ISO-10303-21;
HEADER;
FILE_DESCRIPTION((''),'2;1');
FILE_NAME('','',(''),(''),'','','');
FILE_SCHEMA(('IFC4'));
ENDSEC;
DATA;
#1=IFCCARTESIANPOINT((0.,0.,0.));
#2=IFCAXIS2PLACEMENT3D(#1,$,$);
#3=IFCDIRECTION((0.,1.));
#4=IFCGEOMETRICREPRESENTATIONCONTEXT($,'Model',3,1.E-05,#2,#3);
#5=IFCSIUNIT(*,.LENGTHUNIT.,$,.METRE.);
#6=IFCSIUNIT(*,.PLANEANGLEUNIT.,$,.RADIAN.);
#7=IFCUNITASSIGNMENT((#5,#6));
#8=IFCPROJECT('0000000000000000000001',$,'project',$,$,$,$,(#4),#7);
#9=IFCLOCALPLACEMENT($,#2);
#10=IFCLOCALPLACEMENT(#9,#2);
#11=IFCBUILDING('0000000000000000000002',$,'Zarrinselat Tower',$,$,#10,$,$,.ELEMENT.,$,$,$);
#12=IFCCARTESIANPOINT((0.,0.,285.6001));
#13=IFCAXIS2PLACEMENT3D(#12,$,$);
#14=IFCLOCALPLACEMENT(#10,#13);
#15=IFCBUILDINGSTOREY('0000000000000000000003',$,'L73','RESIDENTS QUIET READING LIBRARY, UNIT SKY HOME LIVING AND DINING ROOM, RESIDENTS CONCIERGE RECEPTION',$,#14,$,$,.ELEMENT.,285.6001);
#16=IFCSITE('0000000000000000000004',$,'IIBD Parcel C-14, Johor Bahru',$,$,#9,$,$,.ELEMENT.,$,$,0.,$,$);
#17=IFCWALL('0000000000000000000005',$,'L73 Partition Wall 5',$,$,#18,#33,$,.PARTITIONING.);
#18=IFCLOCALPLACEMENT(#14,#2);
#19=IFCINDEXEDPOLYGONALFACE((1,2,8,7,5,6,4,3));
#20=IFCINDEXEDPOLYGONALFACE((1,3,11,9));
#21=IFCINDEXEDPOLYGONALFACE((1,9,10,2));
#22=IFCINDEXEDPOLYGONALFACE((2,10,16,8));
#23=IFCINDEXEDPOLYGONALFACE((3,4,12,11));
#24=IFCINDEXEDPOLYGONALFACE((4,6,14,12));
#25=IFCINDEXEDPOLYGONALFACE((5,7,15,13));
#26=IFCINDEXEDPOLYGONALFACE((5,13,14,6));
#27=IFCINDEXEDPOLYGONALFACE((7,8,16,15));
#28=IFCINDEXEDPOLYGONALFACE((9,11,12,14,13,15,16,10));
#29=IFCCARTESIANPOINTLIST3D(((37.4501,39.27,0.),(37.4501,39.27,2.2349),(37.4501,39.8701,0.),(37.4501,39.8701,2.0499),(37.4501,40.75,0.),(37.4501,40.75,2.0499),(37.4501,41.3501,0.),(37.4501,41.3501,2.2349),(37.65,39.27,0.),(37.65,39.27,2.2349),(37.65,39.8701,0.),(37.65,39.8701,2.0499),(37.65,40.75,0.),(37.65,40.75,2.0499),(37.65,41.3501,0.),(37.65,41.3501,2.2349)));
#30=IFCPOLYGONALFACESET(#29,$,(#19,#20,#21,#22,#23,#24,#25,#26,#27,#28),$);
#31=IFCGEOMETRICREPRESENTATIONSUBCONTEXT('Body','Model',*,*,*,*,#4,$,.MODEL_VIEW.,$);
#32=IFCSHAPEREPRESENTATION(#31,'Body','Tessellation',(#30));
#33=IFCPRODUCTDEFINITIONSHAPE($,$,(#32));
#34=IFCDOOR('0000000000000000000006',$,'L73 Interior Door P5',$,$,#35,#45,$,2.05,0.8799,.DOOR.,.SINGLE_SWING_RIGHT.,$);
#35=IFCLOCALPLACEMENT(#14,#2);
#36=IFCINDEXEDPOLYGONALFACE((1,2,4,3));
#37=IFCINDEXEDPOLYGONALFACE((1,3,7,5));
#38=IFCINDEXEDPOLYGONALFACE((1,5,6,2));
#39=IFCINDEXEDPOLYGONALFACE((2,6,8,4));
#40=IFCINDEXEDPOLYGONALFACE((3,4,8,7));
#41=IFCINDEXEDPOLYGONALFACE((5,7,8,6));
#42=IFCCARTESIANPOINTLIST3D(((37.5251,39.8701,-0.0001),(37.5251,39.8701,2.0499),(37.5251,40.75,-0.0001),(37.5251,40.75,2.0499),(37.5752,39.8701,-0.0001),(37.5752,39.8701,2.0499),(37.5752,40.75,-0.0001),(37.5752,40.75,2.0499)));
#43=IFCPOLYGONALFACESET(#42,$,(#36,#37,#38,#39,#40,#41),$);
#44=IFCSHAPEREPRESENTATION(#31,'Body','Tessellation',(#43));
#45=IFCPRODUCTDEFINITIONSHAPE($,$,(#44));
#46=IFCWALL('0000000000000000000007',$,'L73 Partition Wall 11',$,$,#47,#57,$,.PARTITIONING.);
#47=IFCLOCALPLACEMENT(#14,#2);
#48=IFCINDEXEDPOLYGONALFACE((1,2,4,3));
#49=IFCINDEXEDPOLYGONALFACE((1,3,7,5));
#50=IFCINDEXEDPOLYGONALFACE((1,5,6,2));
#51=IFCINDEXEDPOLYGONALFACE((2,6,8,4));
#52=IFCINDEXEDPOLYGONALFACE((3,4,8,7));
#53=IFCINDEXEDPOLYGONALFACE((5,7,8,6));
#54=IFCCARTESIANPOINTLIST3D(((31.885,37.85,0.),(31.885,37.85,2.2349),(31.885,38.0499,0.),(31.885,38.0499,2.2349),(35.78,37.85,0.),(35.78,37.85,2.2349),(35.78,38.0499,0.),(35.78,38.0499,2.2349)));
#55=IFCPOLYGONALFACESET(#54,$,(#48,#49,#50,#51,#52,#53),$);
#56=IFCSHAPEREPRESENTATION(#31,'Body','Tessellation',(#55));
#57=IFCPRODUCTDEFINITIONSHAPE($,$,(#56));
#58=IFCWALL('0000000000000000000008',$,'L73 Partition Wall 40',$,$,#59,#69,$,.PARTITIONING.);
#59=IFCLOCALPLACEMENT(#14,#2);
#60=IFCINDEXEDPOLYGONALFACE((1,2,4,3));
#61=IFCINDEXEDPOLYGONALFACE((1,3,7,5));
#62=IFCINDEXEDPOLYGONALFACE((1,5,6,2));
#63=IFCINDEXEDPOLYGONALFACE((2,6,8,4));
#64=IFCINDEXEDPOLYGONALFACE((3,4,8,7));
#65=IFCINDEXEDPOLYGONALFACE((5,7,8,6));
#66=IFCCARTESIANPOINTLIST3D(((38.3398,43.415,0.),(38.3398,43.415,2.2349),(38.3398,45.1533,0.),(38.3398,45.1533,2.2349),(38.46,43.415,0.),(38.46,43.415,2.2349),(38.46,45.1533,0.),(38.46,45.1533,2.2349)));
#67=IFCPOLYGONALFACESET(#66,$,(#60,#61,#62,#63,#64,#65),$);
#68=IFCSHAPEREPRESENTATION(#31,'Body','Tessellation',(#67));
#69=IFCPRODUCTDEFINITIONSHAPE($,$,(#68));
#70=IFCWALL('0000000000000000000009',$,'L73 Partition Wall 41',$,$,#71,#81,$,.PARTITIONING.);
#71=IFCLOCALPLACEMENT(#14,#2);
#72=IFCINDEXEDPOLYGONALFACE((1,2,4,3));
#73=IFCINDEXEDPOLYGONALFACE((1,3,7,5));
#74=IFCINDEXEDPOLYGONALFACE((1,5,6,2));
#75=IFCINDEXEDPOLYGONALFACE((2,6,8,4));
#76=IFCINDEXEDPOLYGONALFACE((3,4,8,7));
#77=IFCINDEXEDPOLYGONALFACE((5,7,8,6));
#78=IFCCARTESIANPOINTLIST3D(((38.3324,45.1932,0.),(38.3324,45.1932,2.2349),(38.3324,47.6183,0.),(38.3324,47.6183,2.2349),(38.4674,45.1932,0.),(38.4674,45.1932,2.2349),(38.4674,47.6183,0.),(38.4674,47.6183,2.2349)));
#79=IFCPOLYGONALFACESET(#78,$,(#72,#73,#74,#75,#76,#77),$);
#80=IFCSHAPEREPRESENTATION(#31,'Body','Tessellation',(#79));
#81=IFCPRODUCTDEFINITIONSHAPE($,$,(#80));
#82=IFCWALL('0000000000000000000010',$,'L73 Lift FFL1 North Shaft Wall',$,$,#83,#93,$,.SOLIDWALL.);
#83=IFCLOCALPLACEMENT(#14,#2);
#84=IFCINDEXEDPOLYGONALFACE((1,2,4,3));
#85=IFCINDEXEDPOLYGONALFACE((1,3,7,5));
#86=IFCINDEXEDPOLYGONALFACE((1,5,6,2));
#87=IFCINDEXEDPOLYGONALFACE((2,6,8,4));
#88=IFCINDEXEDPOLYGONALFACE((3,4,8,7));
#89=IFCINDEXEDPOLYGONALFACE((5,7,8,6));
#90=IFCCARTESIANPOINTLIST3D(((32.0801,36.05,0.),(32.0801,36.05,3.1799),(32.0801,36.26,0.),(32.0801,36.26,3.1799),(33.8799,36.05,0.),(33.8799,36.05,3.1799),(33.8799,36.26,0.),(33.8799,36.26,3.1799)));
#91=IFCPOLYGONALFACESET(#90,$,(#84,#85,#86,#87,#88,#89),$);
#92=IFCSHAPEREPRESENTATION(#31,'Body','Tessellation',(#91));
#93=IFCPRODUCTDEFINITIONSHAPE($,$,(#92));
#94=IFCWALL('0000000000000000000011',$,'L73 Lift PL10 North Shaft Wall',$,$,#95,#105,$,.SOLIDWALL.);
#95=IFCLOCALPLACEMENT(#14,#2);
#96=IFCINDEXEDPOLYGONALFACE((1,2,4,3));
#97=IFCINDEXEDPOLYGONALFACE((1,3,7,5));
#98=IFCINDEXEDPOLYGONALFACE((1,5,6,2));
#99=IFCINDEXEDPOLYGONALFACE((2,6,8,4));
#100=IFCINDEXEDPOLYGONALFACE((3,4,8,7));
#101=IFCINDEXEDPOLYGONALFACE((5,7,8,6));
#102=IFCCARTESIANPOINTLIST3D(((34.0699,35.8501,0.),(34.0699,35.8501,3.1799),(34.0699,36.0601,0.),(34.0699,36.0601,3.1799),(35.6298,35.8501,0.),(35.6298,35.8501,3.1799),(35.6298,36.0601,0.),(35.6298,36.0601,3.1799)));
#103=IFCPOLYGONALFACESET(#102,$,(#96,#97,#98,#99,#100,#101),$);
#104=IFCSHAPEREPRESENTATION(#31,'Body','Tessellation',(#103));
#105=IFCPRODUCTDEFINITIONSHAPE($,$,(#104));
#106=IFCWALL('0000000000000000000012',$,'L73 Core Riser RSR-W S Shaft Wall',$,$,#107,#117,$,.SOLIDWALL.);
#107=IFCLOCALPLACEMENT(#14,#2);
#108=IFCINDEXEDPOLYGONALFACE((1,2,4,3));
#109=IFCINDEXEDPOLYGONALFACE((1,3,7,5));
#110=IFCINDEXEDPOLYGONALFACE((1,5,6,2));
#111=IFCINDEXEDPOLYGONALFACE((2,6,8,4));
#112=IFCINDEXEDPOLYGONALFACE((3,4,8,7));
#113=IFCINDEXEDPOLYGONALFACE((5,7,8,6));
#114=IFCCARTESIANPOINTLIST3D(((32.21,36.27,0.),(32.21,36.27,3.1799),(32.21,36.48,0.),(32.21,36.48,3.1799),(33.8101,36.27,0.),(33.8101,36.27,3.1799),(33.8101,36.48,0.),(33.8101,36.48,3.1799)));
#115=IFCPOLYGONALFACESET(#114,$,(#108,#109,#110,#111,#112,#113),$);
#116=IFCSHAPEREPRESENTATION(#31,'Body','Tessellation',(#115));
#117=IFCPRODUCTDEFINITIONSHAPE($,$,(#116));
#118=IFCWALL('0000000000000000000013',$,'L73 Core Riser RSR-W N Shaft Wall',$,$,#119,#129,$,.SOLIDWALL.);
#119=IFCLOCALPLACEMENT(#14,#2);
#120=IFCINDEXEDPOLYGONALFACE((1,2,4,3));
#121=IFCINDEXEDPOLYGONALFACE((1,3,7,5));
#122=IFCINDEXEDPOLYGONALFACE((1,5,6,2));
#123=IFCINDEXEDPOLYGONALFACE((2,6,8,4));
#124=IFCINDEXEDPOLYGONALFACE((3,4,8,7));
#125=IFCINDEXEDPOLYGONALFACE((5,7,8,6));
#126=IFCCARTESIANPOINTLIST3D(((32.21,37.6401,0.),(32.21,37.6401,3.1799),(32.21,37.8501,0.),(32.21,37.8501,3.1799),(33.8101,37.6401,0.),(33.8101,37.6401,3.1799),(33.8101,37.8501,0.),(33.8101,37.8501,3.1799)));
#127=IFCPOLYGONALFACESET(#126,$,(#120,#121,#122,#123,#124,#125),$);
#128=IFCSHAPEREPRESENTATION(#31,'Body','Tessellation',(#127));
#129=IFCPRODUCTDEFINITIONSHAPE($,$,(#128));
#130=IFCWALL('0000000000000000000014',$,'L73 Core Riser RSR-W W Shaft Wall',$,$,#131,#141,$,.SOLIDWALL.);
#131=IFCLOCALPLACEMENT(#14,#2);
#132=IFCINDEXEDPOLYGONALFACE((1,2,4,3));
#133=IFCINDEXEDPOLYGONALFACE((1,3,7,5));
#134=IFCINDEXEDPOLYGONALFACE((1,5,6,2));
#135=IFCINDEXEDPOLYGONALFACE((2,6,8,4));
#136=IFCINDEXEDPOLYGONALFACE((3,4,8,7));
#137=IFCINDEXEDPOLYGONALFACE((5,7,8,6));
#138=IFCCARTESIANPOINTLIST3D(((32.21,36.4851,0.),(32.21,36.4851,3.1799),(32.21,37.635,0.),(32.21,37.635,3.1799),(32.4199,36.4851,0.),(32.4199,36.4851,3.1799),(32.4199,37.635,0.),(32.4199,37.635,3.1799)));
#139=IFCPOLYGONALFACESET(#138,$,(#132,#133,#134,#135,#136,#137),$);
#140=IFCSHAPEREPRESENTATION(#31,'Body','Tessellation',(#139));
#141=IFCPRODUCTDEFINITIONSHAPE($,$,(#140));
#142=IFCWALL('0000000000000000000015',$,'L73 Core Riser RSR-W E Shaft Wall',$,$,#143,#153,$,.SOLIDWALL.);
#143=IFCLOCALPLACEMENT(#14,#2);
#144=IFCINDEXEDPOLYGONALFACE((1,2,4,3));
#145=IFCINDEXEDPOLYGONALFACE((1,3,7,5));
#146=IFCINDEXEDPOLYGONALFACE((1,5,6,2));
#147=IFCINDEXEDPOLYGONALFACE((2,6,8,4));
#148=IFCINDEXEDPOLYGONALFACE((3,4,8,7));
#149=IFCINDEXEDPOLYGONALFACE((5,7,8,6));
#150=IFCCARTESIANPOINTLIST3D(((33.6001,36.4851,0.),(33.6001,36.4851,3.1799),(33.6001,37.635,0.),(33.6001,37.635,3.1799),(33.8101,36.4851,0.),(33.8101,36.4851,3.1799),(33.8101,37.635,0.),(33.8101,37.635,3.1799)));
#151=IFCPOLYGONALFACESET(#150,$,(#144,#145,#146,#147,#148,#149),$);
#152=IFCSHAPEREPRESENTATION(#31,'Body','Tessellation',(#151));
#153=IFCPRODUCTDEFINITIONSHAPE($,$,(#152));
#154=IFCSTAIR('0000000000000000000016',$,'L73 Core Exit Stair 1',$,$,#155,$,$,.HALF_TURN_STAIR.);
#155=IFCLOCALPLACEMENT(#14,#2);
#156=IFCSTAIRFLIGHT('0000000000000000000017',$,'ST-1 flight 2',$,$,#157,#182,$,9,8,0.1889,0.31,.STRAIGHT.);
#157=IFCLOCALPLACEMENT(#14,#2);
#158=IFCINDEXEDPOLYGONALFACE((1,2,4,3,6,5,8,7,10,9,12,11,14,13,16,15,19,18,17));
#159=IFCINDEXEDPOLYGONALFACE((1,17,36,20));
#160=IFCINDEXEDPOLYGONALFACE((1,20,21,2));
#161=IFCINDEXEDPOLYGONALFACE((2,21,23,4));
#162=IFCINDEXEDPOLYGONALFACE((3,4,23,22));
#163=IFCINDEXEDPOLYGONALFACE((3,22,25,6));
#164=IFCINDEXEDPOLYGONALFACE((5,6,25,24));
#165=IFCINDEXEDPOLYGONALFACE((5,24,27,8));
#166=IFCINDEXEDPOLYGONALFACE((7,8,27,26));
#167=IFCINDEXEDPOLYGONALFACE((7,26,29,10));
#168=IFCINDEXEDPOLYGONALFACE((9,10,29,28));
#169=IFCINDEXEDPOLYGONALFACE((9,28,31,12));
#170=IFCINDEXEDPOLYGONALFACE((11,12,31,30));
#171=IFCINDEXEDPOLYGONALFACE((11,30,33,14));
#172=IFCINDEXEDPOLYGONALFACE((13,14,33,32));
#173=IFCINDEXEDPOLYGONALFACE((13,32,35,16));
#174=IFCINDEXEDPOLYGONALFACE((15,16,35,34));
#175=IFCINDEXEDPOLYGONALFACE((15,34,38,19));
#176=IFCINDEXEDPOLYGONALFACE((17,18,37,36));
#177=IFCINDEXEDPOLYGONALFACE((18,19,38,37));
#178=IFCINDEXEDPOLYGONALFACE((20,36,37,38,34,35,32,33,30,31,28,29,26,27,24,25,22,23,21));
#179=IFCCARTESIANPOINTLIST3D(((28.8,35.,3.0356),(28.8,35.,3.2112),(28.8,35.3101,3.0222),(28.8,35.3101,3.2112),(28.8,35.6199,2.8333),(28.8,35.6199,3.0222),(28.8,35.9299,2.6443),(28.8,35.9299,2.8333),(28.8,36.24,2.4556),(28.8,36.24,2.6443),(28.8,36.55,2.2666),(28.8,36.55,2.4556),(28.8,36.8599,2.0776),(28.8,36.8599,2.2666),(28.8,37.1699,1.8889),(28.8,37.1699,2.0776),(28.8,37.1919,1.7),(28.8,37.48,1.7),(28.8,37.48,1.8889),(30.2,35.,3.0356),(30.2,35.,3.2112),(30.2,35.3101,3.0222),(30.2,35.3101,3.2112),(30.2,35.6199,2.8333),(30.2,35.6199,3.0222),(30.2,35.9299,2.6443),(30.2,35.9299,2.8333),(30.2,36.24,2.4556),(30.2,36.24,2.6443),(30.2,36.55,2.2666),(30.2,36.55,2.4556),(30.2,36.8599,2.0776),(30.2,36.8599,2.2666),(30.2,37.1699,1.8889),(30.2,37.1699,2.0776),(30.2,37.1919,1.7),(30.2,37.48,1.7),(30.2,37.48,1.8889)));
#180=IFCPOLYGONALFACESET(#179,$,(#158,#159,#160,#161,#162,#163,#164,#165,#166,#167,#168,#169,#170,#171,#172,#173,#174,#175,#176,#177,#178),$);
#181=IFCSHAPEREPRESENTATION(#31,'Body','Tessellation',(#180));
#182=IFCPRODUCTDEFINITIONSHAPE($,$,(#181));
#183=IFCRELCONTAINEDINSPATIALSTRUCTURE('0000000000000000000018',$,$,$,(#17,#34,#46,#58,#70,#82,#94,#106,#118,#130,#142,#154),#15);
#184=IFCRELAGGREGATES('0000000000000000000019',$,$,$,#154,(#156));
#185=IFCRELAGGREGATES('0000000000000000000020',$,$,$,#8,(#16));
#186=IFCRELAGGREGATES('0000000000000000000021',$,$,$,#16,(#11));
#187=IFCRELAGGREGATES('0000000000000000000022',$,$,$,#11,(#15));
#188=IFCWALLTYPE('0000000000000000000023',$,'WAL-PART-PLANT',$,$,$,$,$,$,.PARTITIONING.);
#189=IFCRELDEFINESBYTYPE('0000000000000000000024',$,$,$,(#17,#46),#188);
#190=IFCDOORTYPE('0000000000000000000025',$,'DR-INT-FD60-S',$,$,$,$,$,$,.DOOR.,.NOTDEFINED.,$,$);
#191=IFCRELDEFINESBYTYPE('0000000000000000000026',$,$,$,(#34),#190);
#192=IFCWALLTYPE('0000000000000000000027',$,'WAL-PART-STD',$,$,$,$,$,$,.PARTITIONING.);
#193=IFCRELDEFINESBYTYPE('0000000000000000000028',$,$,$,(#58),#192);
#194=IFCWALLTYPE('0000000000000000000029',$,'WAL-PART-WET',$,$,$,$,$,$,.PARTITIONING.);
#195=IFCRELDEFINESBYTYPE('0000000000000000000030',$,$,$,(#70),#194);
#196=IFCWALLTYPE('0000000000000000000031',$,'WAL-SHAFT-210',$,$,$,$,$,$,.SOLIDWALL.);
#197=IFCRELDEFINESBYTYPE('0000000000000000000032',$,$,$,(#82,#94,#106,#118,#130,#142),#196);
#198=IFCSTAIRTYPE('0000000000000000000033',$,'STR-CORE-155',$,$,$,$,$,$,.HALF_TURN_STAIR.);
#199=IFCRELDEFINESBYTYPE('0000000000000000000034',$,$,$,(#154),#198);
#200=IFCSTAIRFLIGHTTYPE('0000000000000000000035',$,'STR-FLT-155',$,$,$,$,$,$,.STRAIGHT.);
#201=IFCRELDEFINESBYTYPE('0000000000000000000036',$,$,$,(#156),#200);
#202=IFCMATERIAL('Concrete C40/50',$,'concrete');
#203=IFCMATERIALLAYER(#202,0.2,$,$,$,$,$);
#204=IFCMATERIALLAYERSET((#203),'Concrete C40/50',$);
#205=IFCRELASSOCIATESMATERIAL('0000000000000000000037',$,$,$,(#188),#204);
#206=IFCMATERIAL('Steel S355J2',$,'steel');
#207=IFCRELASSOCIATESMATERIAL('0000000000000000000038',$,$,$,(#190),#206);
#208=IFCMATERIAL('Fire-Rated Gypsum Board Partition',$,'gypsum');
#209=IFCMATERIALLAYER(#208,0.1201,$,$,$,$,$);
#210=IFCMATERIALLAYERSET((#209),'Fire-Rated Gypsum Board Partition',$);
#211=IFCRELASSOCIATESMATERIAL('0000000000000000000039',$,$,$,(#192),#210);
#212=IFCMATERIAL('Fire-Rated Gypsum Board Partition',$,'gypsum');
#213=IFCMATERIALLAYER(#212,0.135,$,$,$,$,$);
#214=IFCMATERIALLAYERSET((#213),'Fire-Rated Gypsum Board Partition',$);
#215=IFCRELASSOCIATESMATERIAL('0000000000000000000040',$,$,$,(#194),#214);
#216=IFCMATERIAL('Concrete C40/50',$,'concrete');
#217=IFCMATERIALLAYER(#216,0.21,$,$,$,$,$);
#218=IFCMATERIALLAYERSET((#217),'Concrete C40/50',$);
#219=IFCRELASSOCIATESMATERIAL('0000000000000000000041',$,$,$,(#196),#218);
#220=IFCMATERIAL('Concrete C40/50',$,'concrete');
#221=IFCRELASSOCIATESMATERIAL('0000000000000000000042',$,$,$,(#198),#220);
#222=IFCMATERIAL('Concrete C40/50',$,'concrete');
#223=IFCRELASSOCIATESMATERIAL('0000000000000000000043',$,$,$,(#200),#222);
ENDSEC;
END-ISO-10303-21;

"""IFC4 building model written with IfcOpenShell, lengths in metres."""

from ifc_helpers import new_model, si_unit, direction, frame, frame_2d, origin, place, context, subcontext, project, spatial, polyline, rectangle, outline, extrude, material, layer, layer_set, type_object, element, fill, aggregate, save


model = new_model("IFC4")

# Units and contexts
model_context = context("Model", 3, precision=1e-05, world=origin(), true_north=direction((0.0, 1.0)))
body_context = subcontext(model_context, "Body", "Model", "MODEL_VIEW")
ifc_project = project(units=[si_unit("LENGTHUNIT", "METRE"), si_unit("PLANEANGLEUNIT", "RADIAN")], contexts=[model_context])

# Site, building, storey
site_placement = place(None, origin())
site = spatial("IfcSite", under=ifc_project, at=site_placement, Name="IIBD Parcel C-14, Johor Bahru", CompositionType="ELEMENT", RefElevation=0.0)
building_placement = place(site_placement, origin())
building = spatial("IfcBuilding", under=site, at=building_placement, Name="Zarrinselat Tower", CompositionType="ELEMENT")
storey_placement = place(building_placement, frame((0.0, 0.0, 285.6001)))
storey = spatial("IfcBuildingStorey", under=building, at=storey_placement, Name="L73", Description="RESIDENTS QUIET READING LIBRARY, UNIT SKY HOME LIVING AND DINING ROOM, RESIDENTS CONCIERGE RECEPTION", CompositionType="ELEMENT", Elevation=285.6001)

# Shared definitions
ifc_material_1 = material(Name="Concrete C40/50", Category="concrete")
ifc_layer_1 = layer(ifc_material_1, 0.2)
ifc_layer_set_1 = layer_set([ifc_layer_1], Name="Concrete C40/50")
wall_type_1 = type_object("IfcWallType", Name="WAL-PART-PLANT", PredefinedType="PARTITIONING", material=ifc_layer_set_1)

# Wall, opening, door
wall_1_placement = place(storey_placement, frame((37.55, 39.27, 0.0), z_axis=(0.0, 0.0, 1.0), x_axis=(0.0, 1.0, 0.0)))
wall_1 = element("IfcWall", 1, at=wall_1_placement, inside=storey, type_object=wall_type_1, Name="L73 Partition Wall 5", PredefinedType="PARTITIONING", context=body_context, shape_type="SweptSolid", body=[
    extrude(rectangle(XDim=2.0801, YDim=0.2, at=frame_2d((1.04, 0.0))), origin(), (0.0, 0.0, 1.0), 2.2349),
])
opening_placement = place(wall_1_placement, frame((0.6001, 0.0, 0.0)))
opening = element("IfcOpeningElement", 2, at=opening_placement, cuts=wall_1, PredefinedType="OPENING", context=body_context, shape_type="SweptSolid", body=[
    extrude(rectangle(XDim=0.8799, YDim=2.05, at=frame_2d((0.4399, 1.0249))), frame((0.0, 0.1099, 0.0), z_axis=(0.0, -1.0, 0.0), x_axis=(1.0, 0.0, 0.0)), (0.0, 0.0, 1.0), 0.22),
])
ifc_material_2 = material(Name="Steel S355J2", Category="steel")
door_type = type_object("IfcDoorType", Name="DR-INT-FD60-S", OperationType="NOTDEFINED", PredefinedType="DOOR", material=ifc_material_2)
door_placement = place(opening_placement, origin())
door = element("IfcDoor", 3, at=door_placement, inside=storey, type_object=door_type, Name="L73 Interior Door P5", OperationType="SINGLE_SWING_RIGHT", OverallHeight=2.05, OverallWidth=0.8799, PredefinedType="DOOR", context=body_context, shape_type="SweptSolid", body=[
    extrude(rectangle(XDim=0.8799, YDim=2.05, at=frame_2d((0.4399, 1.0249))), frame((0.0, 0.0249, 0.0), z_axis=(0.0, -1.0, 0.0), x_axis=(1.0, 0.0, 0.0)), (0.0, 0.0, 1.0), 0.05),
])
fill(opening, door)

# Walls
wall_2_placement = place(storey_placement, frame((31.885, 37.95, 0.0), z_axis=(0.0, 0.0, 1.0), x_axis=(1.0, 0.0, 0.0)))
element("IfcWall", 4, at=wall_2_placement, inside=storey, type_object=wall_type_1, Name="L73 Partition Wall 11", PredefinedType="PARTITIONING", context=body_context, shape_type="SweptSolid", body=[
    extrude(rectangle(XDim=3.895, YDim=0.2, at=frame_2d((1.9475, 0.0))), origin(), (0.0, 0.0, 1.0), 2.2349),
])
ifc_material_3 = material(Name="Fire-Rated Gypsum Board Partition", Category="gypsum")
ifc_layer_2 = layer(ifc_material_3, 0.1201)
ifc_layer_set_2 = layer_set([ifc_layer_2], Name="Fire-Rated Gypsum Board Partition")
wall_type_2 = type_object("IfcWallType", Name="WAL-PART-STD", PredefinedType="PARTITIONING", material=ifc_layer_set_2)
wall_3_placement = place(storey_placement, frame((38.3999, 43.415, 0.0), z_axis=(0.0, 0.0, 1.0), x_axis=(0.0, 1.0, 0.0)))
element("IfcWall", 5, at=wall_3_placement, inside=storey, type_object=wall_type_2, Name="L73 Partition Wall 40", PredefinedType="PARTITIONING", context=body_context, shape_type="SweptSolid", body=[
    extrude(rectangle(XDim=1.7383, YDim=0.1201, at=frame_2d((0.8691, 0.0))), origin(), (0.0, 0.0, 1.0), 2.2349),
])
ifc_material_4 = material(Name="Fire-Rated Gypsum Board Partition", Category="gypsum")
ifc_layer_3 = layer(ifc_material_4, 0.135)
ifc_layer_set_3 = layer_set([ifc_layer_3], Name="Fire-Rated Gypsum Board Partition")
wall_type_3 = type_object("IfcWallType", Name="WAL-PART-WET", PredefinedType="PARTITIONING", material=ifc_layer_set_3)
wall_4_placement = place(storey_placement, frame((38.3999, 45.1934, 0.0), z_axis=(0.0, 0.0, 1.0), x_axis=(0.0, 1.0, 0.0)))
element("IfcWall", 6, at=wall_4_placement, inside=storey, type_object=wall_type_3, Name="L73 Partition Wall 41", PredefinedType="PARTITIONING", context=body_context, shape_type="SweptSolid", body=[
    extrude(rectangle(XDim=2.425, YDim=0.135, at=frame_2d((1.2124, 0.0))), origin(), (0.0, 0.0, 1.0), 2.2349),
])
ifc_material_5 = material(Name="Concrete C40/50", Category="concrete")
ifc_layer_4 = layer(ifc_material_5, 0.21)
ifc_layer_set_4 = layer_set([ifc_layer_4], Name="Concrete C40/50")
wall_type_4 = type_object("IfcWallType", Name="WAL-SHAFT-210", PredefinedType="SOLIDWALL", material=ifc_layer_set_4)
wall_5_placement = place(storey_placement, frame((32.0801, 36.155, 0.0), z_axis=(0.0, 0.0, 1.0), x_axis=(1.0, 0.0, 0.0)))
element("IfcWall", 7, at=wall_5_placement, inside=storey, type_object=wall_type_4, Name="L73 Lift FFL1 North Shaft Wall", PredefinedType="SOLIDWALL", context=body_context, shape_type="SweptSolid", body=[
    extrude(rectangle(XDim=1.7998, YDim=0.21, at=frame_2d((0.8999, 0.0))), origin(), (0.0, 0.0, 1.0), 3.1799),
])
wall_6_placement = place(storey_placement, frame((34.0701, 35.9551, 0.0), z_axis=(0.0, 0.0, 1.0), x_axis=(1.0, 0.0, 0.0)))
element("IfcWall", 8, at=wall_6_placement, inside=storey, type_object=wall_type_4, Name="L73 Lift PL10 North Shaft Wall", PredefinedType="SOLIDWALL", context=body_context, shape_type="SweptSolid", body=[
    extrude(rectangle(XDim=1.5598, YDim=0.21, at=frame_2d((0.7798, 0.0))), origin(), (0.0, 0.0, 1.0), 3.1799),
])
for number, where, z_axis, x_axis, name in (
    (9, (32.21, 36.375, 0.0), (0.0, 0.0, 1.0), (1.0, 0.0, 0.0), "L73 Core Riser RSR-W S Shaft Wall"),
    (10, (32.21, 37.7451, 0.0), (0.0, 0.0, 1.0), (1.0, 0.0, 0.0), "L73 Core Riser RSR-W N Shaft Wall"),
):
    element("IfcWall", number, at=place(storey_placement, frame(where, z_axis=z_axis, x_axis=x_axis)), inside=storey, type_object=wall_type_4, Name=name, PredefinedType="SOLIDWALL", context=body_context, shape_type="SweptSolid", body=[
        extrude(rectangle(XDim=1.6001, YDim=0.21, at=frame_2d((0.8, 0.0))), origin(), (0.0, 0.0, 1.0), 3.1799),
    ])
for number, where, z_axis, x_axis, name in (
    (11, (32.3149, 36.4851, 0.0), (0.0, 0.0, 1.0), (0.0, 1.0, 0.0), "L73 Core Riser RSR-W W Shaft Wall"),
    (12, (33.7051, 36.4851, 0.0), (0.0, 0.0, 1.0), (0.0, 1.0, 0.0), "L73 Core Riser RSR-W E Shaft Wall"),
):
    element("IfcWall", number, at=place(storey_placement, frame(where, z_axis=z_axis, x_axis=x_axis)), inside=storey, type_object=wall_type_4, Name=name, PredefinedType="SOLIDWALL", context=body_context, shape_type="SweptSolid", body=[
        extrude(rectangle(XDim=1.1499, YDim=0.21, at=frame_2d((0.575, 0.0))), origin(), (0.0, 0.0, 1.0), 3.1799),
    ])

# Stair, stair flight
ifc_material_6 = material(Name="Concrete C40/50", Category="concrete")
stair_type = type_object("IfcStairType", Name="STR-CORE-155", PredefinedType="HALF_TURN_STAIR", material=ifc_material_6)
stair_placement = place(storey_placement, origin())
stair = element("IfcStair", 13, at=stair_placement, inside=storey, type_object=stair_type, Name="L73 Core Exit Stair 1", PredefinedType="HALF_TURN_STAIR")
ifc_material_7 = material(Name="Concrete C40/50", Category="concrete")
stair_flight_type = type_object("IfcStairFlightType", Name="STR-FLT-155", PredefinedType="STRAIGHT", material=ifc_material_7)
stair_flight_placement = place(storey_placement, frame((29.5, 37.48, 1.7), z_axis=(0.0, 0.0, 1.0), x_axis=(0.0, -1.0, 0.0)))
stair_flight = element("IfcStairFlight", 14, at=stair_flight_placement, type_object=stair_flight_type, Name="ST-1 flight 2", NumberOfRisers=9, NumberOfTreads=8, PredefinedType="STRAIGHT", RiserHeight=0.1889, TreadLength=0.31, context=body_context, shape_type="SweptSolid", body=[
    extrude(outline(polyline([(0.0, 0.0), (0.0, 0.189), (0.3101, 0.189), (0.3101, 0.3777), (0.6201, 0.3777), (0.6201, 0.5667), (0.9299, 0.5667), (0.9299, 0.7556), (1.24, 0.7556), (1.24, 0.9443), (1.55, 0.9443), (1.55, 1.1333), (1.8601, 1.1333), (1.8601, 1.3223), (2.1699, 1.3223), (2.1699, 1.5112), (2.48, 1.5112), (2.48, 1.7), (2.48, 1.3357), (0.2881, 0.0), (0.0, 0.0)])), frame((0.0, 0.7, 0.0), z_axis=(0.0, -1.0, 0.0), x_axis=(1.0, 0.0, 0.0)), (0.0, 0.0, 1.0), 1.3999),
])
aggregate(stair, [stair_flight])

save(model, "model.ifc")
